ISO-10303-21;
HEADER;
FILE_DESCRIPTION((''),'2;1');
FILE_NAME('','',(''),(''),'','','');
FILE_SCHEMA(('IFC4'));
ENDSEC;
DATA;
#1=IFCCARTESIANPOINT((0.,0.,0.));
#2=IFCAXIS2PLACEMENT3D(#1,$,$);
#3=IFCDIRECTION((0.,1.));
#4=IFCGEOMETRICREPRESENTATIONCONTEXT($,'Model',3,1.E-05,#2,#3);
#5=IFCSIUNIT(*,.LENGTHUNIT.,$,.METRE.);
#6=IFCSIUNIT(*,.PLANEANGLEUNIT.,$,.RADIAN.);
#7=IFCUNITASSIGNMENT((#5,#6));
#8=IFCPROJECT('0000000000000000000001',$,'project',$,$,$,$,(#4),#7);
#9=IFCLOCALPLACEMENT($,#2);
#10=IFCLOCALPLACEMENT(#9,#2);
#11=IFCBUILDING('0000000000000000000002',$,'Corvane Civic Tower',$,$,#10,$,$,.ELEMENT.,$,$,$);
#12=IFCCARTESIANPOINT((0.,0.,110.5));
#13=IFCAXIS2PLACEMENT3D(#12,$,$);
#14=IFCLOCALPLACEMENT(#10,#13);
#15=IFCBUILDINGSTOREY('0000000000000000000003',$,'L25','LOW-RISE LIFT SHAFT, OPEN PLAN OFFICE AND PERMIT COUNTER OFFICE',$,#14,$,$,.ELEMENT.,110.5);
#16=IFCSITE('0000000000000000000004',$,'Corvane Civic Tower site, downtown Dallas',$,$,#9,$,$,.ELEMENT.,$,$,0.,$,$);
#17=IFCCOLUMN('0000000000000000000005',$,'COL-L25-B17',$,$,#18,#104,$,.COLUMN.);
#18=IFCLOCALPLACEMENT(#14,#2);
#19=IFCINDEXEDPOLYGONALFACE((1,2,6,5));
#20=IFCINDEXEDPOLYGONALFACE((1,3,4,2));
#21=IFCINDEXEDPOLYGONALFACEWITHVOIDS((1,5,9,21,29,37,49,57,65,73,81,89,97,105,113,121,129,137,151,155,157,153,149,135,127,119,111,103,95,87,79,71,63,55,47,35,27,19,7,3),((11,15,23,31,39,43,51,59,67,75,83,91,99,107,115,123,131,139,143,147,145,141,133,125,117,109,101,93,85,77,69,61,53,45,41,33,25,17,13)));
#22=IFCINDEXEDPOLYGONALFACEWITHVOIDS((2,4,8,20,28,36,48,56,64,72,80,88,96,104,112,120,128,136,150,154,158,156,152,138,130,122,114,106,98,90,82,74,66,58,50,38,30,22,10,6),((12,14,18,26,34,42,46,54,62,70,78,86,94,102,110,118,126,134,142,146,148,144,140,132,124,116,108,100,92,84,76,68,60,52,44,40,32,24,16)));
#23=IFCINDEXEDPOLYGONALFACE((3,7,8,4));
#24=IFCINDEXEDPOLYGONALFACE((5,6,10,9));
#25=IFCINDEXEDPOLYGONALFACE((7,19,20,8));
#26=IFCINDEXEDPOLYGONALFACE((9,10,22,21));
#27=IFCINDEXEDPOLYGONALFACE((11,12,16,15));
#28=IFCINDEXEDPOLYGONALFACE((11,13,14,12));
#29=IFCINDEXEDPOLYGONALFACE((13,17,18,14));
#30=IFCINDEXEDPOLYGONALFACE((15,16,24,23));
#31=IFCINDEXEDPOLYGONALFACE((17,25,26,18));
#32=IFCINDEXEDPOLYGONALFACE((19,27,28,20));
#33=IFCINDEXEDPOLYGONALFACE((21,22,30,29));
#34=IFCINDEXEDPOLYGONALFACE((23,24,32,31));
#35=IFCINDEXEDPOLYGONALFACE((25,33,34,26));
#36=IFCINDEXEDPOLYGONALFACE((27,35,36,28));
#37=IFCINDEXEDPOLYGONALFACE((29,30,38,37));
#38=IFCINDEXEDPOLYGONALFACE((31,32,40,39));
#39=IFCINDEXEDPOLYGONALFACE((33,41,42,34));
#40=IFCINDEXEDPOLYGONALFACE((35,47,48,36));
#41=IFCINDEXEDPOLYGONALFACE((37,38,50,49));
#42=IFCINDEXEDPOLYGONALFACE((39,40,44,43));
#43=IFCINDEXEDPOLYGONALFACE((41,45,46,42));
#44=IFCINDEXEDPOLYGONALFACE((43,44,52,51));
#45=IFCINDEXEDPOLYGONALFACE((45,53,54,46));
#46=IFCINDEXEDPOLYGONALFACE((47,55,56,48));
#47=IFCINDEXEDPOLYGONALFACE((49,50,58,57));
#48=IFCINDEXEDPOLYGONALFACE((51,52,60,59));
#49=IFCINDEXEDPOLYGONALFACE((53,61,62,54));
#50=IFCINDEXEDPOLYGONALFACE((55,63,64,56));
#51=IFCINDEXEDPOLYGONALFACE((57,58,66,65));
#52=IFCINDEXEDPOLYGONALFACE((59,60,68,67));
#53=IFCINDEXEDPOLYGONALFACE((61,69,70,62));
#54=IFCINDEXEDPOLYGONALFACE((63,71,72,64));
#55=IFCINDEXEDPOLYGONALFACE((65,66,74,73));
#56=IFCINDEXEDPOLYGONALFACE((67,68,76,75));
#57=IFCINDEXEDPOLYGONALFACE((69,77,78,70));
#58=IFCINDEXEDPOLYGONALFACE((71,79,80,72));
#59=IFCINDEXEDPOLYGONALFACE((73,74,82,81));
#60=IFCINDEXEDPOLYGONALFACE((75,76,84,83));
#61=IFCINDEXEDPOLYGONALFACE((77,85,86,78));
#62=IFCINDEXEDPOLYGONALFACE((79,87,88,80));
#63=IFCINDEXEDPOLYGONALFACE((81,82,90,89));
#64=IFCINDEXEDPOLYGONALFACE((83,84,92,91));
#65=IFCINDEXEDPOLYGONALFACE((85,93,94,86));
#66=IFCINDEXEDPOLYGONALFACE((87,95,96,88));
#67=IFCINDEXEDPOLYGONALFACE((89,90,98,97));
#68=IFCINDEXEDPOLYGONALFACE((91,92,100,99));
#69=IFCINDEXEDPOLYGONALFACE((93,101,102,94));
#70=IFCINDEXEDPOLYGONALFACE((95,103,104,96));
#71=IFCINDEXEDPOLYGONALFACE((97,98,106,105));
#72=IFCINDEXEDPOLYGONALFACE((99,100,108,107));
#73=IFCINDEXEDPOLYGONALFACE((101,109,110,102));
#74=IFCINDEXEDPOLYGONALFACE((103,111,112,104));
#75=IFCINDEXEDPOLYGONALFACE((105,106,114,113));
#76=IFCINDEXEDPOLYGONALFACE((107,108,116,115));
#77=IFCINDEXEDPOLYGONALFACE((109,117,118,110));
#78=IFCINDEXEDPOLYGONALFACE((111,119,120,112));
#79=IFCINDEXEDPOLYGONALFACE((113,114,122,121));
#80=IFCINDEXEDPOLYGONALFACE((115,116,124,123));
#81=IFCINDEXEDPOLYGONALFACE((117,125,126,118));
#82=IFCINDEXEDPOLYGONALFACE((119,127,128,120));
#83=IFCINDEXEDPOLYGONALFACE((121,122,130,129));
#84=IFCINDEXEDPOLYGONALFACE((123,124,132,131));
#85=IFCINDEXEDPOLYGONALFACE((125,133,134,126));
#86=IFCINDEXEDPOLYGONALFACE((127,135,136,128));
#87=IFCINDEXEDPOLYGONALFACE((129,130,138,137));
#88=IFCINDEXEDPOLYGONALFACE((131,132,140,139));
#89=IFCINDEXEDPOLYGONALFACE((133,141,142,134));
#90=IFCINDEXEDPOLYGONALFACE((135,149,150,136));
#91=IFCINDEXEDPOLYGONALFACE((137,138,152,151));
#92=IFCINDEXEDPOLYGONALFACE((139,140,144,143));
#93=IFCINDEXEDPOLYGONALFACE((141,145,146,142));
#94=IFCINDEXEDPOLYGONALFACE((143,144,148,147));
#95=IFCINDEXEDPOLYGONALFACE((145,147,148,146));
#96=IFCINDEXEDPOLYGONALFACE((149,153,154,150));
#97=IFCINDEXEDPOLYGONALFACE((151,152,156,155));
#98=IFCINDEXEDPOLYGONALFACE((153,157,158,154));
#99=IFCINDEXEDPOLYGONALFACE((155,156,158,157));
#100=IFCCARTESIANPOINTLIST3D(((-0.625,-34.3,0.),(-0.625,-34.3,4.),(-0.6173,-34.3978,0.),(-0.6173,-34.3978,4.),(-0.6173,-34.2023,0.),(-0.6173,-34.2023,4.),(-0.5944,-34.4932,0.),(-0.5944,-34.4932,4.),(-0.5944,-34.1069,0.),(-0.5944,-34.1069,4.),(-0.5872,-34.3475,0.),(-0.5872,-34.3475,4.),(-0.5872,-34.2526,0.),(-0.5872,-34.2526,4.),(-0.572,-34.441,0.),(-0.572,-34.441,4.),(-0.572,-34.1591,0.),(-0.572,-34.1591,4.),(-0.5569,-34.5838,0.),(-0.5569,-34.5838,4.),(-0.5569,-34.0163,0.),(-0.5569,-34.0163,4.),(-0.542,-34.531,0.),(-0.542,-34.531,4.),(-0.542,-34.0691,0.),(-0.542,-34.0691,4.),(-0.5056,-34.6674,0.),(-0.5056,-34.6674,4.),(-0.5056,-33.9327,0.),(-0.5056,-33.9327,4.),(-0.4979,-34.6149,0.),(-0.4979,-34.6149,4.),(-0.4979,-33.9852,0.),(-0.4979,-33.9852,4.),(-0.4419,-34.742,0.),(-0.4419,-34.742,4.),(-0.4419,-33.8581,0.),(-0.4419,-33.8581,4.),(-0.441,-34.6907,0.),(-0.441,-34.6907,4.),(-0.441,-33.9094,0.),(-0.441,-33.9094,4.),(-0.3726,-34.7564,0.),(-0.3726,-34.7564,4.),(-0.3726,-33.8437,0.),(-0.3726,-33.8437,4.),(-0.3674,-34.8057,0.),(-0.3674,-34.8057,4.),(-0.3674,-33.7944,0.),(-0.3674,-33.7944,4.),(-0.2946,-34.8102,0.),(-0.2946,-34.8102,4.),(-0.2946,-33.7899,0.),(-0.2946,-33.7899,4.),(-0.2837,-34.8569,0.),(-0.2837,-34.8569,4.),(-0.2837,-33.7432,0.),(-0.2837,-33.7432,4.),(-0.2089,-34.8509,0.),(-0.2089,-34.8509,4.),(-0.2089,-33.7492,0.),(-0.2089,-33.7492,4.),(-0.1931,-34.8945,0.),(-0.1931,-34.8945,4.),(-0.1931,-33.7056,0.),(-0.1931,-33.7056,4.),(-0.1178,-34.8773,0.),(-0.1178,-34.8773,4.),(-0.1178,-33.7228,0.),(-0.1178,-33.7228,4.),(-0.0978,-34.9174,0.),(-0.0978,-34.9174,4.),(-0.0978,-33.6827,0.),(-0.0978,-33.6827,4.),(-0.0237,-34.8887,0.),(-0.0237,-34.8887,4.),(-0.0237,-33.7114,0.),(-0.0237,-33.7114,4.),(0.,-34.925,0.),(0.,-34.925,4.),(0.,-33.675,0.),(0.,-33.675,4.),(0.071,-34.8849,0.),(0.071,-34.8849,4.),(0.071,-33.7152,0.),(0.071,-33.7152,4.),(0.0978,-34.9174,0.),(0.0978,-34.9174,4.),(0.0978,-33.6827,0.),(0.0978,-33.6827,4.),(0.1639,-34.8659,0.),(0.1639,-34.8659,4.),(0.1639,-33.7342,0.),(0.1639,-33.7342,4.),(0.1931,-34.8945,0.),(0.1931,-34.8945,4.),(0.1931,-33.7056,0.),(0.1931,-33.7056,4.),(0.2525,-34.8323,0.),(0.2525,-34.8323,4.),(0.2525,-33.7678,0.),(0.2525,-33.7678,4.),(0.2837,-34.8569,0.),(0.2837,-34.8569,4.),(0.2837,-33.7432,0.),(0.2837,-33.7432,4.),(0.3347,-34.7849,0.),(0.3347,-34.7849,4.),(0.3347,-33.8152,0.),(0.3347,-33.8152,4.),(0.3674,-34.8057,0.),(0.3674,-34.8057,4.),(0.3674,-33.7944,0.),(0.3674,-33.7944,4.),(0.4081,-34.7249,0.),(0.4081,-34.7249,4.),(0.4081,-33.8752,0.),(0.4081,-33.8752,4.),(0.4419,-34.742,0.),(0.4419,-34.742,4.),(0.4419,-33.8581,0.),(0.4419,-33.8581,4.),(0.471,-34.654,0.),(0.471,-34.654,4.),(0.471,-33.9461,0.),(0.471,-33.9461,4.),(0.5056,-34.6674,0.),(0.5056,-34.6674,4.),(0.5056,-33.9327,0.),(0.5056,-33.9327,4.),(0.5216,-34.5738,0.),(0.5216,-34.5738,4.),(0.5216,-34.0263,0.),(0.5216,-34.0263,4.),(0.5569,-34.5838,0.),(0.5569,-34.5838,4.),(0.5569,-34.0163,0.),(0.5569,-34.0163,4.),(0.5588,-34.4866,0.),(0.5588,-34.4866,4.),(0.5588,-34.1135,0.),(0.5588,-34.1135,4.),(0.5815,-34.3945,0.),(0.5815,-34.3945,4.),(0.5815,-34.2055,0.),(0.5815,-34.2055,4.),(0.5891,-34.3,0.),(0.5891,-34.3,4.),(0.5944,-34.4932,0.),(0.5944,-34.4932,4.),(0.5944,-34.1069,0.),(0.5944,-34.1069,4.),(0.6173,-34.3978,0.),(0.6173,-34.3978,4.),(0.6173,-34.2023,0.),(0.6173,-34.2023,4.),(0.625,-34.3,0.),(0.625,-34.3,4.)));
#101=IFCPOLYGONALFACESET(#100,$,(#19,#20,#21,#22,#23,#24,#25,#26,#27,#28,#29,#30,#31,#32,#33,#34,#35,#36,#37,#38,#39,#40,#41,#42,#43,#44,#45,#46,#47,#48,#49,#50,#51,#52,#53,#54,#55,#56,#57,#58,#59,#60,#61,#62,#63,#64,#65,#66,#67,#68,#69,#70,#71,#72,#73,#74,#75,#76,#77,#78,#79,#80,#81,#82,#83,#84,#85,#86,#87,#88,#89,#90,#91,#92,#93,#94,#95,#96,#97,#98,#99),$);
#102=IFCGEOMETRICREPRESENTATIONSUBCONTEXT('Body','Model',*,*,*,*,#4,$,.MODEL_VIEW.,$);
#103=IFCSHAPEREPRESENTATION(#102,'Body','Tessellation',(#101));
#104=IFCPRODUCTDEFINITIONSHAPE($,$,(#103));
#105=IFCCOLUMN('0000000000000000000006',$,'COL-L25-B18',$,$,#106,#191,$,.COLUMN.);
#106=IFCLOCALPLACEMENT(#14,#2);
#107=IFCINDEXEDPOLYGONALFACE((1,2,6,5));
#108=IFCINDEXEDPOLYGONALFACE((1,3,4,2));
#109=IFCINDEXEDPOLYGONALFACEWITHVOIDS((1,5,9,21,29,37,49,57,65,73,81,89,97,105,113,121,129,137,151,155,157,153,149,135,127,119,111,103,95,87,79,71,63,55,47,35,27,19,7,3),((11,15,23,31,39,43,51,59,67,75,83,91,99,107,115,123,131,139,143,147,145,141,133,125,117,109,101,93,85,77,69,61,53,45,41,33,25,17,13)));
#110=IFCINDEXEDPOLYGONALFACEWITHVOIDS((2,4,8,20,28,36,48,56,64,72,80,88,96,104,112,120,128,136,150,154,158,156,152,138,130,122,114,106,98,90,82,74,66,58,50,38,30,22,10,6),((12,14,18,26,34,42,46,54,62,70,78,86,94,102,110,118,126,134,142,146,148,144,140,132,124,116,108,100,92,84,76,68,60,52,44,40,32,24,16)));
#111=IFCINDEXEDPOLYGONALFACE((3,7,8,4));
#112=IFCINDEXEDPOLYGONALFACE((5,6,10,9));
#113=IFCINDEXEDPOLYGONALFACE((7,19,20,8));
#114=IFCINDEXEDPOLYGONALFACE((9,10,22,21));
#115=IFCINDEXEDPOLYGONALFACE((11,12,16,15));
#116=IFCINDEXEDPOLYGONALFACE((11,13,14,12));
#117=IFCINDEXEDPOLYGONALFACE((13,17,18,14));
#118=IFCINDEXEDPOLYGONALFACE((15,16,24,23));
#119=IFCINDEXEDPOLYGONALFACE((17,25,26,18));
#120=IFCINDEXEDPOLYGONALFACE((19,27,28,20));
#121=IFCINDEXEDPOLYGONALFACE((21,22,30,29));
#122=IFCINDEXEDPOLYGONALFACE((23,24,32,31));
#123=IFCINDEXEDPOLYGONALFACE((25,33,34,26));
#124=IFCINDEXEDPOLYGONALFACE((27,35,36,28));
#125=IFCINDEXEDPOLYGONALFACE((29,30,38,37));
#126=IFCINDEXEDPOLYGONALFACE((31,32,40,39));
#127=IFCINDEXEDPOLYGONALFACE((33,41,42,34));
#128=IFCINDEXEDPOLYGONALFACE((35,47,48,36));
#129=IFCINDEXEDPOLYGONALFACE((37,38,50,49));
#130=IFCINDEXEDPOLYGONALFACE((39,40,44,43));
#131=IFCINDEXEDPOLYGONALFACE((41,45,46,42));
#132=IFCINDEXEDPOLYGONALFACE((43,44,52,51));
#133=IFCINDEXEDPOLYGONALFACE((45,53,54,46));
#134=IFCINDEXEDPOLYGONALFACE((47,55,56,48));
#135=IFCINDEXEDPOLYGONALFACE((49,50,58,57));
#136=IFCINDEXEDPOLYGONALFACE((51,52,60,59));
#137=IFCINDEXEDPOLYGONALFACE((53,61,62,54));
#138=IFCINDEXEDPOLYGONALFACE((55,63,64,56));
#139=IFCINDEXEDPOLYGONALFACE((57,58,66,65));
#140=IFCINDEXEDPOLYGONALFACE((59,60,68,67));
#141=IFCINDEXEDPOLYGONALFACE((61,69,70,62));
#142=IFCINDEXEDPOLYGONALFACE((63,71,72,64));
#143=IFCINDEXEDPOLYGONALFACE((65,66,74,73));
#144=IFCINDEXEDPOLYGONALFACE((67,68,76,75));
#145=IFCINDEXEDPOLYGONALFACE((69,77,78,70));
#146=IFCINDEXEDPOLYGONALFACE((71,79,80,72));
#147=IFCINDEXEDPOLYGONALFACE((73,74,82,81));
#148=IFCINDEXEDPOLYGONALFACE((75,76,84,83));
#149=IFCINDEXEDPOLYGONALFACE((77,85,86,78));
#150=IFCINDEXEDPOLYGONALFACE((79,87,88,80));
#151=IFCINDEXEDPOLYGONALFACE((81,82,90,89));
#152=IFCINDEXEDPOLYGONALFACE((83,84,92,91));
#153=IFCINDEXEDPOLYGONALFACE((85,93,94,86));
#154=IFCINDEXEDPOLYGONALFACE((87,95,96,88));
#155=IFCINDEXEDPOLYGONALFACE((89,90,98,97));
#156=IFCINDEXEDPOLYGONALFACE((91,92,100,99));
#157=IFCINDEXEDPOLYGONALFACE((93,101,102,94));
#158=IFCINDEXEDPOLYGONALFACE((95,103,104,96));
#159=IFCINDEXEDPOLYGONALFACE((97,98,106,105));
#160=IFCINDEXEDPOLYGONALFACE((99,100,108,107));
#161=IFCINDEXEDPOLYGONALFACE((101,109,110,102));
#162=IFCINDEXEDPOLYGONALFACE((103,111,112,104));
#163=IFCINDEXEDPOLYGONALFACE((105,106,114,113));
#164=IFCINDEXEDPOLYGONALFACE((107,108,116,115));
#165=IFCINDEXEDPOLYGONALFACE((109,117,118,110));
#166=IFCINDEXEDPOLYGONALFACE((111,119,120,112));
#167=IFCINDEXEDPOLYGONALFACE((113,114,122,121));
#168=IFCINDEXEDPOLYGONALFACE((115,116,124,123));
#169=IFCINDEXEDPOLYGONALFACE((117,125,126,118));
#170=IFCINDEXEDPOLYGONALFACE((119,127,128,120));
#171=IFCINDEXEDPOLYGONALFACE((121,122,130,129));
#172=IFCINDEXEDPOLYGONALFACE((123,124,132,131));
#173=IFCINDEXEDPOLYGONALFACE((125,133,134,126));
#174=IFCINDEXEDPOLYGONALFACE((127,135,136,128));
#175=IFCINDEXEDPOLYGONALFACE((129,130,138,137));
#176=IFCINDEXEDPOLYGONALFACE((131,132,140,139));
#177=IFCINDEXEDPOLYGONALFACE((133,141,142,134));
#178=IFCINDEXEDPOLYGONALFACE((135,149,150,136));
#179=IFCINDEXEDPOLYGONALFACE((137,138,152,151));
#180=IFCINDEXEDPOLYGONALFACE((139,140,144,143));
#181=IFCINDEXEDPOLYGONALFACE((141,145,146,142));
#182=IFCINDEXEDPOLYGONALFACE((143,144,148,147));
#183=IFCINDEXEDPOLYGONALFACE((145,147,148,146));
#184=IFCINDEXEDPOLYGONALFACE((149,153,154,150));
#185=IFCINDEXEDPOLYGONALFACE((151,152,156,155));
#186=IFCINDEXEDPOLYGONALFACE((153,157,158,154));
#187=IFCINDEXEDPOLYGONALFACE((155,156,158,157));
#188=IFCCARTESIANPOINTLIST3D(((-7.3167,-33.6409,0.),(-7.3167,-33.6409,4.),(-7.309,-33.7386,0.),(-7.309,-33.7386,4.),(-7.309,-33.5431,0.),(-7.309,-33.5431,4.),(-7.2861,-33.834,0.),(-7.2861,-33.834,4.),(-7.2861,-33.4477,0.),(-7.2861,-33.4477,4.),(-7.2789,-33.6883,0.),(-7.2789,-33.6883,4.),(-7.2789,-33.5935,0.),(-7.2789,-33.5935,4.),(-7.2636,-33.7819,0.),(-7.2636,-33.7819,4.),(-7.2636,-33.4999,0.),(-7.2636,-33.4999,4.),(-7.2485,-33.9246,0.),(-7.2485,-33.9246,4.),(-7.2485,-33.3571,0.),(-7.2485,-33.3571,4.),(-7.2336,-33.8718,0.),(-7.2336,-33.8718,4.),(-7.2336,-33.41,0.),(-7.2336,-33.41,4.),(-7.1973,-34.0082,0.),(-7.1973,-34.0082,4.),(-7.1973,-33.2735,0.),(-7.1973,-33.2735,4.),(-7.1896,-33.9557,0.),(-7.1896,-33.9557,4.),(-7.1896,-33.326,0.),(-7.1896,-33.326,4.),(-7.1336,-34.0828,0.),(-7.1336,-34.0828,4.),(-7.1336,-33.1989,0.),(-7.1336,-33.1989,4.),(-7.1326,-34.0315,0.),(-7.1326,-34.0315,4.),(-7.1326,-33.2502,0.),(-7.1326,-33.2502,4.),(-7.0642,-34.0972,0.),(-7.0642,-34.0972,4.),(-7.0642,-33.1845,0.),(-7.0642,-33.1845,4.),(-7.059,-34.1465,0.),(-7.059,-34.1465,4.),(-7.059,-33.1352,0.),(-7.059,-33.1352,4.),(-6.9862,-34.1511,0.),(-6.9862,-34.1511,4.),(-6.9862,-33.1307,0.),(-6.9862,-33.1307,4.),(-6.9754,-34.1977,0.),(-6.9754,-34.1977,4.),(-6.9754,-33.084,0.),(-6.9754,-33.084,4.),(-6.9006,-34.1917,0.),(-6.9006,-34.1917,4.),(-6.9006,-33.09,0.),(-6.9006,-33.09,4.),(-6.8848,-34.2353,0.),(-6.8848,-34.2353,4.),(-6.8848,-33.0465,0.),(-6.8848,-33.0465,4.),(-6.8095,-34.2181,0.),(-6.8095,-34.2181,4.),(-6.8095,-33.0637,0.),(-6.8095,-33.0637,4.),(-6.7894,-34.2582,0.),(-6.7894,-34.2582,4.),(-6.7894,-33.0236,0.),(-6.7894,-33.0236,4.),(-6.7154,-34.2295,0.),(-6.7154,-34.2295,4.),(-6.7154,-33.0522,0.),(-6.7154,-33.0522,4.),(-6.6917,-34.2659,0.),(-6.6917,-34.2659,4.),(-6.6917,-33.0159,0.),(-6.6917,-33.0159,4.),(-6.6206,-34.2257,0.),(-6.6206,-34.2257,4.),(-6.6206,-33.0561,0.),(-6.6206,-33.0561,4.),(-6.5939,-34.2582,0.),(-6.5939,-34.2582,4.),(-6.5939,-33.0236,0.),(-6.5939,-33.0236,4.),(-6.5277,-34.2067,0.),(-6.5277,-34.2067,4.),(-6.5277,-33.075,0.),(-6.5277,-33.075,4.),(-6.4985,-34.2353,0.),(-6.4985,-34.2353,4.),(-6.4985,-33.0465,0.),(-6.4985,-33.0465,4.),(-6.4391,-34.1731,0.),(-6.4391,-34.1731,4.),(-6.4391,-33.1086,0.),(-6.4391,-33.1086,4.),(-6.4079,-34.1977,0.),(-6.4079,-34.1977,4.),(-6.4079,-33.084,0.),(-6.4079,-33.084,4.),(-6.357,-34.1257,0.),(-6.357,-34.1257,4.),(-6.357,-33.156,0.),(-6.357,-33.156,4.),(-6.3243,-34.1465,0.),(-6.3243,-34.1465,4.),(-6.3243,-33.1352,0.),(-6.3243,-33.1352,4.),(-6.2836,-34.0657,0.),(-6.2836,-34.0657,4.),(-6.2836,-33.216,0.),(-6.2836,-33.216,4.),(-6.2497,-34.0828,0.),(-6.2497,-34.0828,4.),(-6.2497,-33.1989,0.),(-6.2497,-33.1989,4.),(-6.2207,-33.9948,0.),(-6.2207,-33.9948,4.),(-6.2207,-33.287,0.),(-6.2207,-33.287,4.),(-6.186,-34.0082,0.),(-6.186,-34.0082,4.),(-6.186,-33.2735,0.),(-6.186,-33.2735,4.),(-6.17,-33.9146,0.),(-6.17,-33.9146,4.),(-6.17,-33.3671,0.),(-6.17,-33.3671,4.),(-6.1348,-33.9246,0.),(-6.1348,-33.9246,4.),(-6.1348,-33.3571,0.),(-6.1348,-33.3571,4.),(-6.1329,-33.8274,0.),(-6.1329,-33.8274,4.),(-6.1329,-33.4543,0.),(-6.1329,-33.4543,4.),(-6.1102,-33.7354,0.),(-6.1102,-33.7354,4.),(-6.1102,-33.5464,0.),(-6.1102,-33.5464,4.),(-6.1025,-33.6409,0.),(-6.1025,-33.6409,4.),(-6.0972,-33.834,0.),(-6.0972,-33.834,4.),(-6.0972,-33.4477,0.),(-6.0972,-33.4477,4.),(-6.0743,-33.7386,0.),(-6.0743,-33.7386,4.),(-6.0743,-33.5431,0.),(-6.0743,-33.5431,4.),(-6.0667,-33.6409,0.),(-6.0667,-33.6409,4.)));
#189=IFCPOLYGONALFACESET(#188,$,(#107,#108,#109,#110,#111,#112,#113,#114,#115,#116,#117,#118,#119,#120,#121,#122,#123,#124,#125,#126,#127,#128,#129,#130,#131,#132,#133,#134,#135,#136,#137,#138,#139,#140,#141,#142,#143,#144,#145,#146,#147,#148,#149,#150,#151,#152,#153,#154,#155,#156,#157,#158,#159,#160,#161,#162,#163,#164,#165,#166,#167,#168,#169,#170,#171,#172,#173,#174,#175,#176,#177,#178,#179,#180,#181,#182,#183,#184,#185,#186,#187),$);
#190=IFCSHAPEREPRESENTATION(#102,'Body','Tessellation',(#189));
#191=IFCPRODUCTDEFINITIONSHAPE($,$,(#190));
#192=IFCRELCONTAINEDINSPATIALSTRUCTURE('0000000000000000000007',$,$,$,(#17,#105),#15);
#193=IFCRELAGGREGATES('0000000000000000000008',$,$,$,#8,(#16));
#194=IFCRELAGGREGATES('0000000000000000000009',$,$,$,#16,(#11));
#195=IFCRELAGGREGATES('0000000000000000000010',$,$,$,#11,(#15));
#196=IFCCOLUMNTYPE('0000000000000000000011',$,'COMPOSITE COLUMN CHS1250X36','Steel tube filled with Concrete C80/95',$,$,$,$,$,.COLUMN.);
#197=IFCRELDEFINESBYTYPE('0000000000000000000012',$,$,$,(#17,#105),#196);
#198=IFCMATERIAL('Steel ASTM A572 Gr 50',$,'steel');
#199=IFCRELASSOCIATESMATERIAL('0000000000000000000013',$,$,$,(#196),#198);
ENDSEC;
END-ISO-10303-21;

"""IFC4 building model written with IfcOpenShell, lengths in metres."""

from ifc_helpers import new_model, si_unit, direction, frame, origin, origin_2d, place, context, subcontext, project, spatial, hollow_circle, extrude, material, material_profile, profile_set, type_object, element, save


model = new_model("IFC4")

# Units and contexts
model_context = context("Model", 3, precision=1e-05, world=origin(), true_north=direction((0.0, 1.0)))
body_context = subcontext(model_context, "Body", "Model", "MODEL_VIEW")
ifc_project = project(units=[si_unit("LENGTHUNIT", "METRE"), si_unit("PLANEANGLEUNIT", "RADIAN")], contexts=[model_context])

# Site, building, storey
site_placement = place(None, origin())
site = spatial("IfcSite", under=ifc_project, at=site_placement, Name="Corvane Civic Tower site, downtown Dallas", CompositionType="ELEMENT", RefElevation=0.0)
building_placement = place(site_placement, origin())
building = spatial("IfcBuilding", under=site, at=building_placement, Name="Corvane Civic Tower", CompositionType="ELEMENT")
storey_placement = place(building_placement, frame((0.0, 0.0, 110.5)))
storey = spatial("IfcBuildingStorey", under=building, at=storey_placement, Name="L25", Description="LOW-RISE LIFT SHAFT, OPEN PLAN OFFICE AND PERMIT COUNTER OFFICE", CompositionType="ELEMENT", Elevation=110.5)

# Columns
ifc_material_1 = material(Name="Steel ASTM A572 Gr 50", Category="steel")
ifc_material_profile_1 = material_profile(ifc_material_1, hollow_circle(Radius=0.625, WallThickness=0.0359, at=origin_2d()), Name="CHS1250X36")
ifc_profile_set_1 = profile_set([ifc_material_profile_1], Name="Steel ASTM A572 Gr 50")
column_type = type_object("IfcColumnType", Name="COMPOSITE COLUMN CHS1250X36", Description="Steel tube filled with Concrete C80/95", PredefinedType="COLUMN", material=ifc_profile_set_1)
for number, where, z_axis, x_axis, name in (
    (1, (0.0, -34.3, 0.0), (0.0, 0.0, 1.0), (1.0, 0.0, 0.0), "COL-L25-B17"),
    (2, (-6.6917, -33.6409, 0.0), (0.0, 0.0, 1.0), (1.0, 0.0, 0.0), "COL-L25-B18"),
):
    element("IfcColumn", number, at=place(storey_placement, frame(where, z_axis=z_axis, x_axis=x_axis)), inside=storey, type_object=column_type, Name=name, PredefinedType="COLUMN", context=body_context, shape_type="SweptSolid", body=[
        extrude(hollow_circle(Radius=0.625, WallThickness=0.0359, at=origin_2d()), origin(), (0.0, 0.0, 1.0), 4.0),
    ])

save(model, "model.ifc")
